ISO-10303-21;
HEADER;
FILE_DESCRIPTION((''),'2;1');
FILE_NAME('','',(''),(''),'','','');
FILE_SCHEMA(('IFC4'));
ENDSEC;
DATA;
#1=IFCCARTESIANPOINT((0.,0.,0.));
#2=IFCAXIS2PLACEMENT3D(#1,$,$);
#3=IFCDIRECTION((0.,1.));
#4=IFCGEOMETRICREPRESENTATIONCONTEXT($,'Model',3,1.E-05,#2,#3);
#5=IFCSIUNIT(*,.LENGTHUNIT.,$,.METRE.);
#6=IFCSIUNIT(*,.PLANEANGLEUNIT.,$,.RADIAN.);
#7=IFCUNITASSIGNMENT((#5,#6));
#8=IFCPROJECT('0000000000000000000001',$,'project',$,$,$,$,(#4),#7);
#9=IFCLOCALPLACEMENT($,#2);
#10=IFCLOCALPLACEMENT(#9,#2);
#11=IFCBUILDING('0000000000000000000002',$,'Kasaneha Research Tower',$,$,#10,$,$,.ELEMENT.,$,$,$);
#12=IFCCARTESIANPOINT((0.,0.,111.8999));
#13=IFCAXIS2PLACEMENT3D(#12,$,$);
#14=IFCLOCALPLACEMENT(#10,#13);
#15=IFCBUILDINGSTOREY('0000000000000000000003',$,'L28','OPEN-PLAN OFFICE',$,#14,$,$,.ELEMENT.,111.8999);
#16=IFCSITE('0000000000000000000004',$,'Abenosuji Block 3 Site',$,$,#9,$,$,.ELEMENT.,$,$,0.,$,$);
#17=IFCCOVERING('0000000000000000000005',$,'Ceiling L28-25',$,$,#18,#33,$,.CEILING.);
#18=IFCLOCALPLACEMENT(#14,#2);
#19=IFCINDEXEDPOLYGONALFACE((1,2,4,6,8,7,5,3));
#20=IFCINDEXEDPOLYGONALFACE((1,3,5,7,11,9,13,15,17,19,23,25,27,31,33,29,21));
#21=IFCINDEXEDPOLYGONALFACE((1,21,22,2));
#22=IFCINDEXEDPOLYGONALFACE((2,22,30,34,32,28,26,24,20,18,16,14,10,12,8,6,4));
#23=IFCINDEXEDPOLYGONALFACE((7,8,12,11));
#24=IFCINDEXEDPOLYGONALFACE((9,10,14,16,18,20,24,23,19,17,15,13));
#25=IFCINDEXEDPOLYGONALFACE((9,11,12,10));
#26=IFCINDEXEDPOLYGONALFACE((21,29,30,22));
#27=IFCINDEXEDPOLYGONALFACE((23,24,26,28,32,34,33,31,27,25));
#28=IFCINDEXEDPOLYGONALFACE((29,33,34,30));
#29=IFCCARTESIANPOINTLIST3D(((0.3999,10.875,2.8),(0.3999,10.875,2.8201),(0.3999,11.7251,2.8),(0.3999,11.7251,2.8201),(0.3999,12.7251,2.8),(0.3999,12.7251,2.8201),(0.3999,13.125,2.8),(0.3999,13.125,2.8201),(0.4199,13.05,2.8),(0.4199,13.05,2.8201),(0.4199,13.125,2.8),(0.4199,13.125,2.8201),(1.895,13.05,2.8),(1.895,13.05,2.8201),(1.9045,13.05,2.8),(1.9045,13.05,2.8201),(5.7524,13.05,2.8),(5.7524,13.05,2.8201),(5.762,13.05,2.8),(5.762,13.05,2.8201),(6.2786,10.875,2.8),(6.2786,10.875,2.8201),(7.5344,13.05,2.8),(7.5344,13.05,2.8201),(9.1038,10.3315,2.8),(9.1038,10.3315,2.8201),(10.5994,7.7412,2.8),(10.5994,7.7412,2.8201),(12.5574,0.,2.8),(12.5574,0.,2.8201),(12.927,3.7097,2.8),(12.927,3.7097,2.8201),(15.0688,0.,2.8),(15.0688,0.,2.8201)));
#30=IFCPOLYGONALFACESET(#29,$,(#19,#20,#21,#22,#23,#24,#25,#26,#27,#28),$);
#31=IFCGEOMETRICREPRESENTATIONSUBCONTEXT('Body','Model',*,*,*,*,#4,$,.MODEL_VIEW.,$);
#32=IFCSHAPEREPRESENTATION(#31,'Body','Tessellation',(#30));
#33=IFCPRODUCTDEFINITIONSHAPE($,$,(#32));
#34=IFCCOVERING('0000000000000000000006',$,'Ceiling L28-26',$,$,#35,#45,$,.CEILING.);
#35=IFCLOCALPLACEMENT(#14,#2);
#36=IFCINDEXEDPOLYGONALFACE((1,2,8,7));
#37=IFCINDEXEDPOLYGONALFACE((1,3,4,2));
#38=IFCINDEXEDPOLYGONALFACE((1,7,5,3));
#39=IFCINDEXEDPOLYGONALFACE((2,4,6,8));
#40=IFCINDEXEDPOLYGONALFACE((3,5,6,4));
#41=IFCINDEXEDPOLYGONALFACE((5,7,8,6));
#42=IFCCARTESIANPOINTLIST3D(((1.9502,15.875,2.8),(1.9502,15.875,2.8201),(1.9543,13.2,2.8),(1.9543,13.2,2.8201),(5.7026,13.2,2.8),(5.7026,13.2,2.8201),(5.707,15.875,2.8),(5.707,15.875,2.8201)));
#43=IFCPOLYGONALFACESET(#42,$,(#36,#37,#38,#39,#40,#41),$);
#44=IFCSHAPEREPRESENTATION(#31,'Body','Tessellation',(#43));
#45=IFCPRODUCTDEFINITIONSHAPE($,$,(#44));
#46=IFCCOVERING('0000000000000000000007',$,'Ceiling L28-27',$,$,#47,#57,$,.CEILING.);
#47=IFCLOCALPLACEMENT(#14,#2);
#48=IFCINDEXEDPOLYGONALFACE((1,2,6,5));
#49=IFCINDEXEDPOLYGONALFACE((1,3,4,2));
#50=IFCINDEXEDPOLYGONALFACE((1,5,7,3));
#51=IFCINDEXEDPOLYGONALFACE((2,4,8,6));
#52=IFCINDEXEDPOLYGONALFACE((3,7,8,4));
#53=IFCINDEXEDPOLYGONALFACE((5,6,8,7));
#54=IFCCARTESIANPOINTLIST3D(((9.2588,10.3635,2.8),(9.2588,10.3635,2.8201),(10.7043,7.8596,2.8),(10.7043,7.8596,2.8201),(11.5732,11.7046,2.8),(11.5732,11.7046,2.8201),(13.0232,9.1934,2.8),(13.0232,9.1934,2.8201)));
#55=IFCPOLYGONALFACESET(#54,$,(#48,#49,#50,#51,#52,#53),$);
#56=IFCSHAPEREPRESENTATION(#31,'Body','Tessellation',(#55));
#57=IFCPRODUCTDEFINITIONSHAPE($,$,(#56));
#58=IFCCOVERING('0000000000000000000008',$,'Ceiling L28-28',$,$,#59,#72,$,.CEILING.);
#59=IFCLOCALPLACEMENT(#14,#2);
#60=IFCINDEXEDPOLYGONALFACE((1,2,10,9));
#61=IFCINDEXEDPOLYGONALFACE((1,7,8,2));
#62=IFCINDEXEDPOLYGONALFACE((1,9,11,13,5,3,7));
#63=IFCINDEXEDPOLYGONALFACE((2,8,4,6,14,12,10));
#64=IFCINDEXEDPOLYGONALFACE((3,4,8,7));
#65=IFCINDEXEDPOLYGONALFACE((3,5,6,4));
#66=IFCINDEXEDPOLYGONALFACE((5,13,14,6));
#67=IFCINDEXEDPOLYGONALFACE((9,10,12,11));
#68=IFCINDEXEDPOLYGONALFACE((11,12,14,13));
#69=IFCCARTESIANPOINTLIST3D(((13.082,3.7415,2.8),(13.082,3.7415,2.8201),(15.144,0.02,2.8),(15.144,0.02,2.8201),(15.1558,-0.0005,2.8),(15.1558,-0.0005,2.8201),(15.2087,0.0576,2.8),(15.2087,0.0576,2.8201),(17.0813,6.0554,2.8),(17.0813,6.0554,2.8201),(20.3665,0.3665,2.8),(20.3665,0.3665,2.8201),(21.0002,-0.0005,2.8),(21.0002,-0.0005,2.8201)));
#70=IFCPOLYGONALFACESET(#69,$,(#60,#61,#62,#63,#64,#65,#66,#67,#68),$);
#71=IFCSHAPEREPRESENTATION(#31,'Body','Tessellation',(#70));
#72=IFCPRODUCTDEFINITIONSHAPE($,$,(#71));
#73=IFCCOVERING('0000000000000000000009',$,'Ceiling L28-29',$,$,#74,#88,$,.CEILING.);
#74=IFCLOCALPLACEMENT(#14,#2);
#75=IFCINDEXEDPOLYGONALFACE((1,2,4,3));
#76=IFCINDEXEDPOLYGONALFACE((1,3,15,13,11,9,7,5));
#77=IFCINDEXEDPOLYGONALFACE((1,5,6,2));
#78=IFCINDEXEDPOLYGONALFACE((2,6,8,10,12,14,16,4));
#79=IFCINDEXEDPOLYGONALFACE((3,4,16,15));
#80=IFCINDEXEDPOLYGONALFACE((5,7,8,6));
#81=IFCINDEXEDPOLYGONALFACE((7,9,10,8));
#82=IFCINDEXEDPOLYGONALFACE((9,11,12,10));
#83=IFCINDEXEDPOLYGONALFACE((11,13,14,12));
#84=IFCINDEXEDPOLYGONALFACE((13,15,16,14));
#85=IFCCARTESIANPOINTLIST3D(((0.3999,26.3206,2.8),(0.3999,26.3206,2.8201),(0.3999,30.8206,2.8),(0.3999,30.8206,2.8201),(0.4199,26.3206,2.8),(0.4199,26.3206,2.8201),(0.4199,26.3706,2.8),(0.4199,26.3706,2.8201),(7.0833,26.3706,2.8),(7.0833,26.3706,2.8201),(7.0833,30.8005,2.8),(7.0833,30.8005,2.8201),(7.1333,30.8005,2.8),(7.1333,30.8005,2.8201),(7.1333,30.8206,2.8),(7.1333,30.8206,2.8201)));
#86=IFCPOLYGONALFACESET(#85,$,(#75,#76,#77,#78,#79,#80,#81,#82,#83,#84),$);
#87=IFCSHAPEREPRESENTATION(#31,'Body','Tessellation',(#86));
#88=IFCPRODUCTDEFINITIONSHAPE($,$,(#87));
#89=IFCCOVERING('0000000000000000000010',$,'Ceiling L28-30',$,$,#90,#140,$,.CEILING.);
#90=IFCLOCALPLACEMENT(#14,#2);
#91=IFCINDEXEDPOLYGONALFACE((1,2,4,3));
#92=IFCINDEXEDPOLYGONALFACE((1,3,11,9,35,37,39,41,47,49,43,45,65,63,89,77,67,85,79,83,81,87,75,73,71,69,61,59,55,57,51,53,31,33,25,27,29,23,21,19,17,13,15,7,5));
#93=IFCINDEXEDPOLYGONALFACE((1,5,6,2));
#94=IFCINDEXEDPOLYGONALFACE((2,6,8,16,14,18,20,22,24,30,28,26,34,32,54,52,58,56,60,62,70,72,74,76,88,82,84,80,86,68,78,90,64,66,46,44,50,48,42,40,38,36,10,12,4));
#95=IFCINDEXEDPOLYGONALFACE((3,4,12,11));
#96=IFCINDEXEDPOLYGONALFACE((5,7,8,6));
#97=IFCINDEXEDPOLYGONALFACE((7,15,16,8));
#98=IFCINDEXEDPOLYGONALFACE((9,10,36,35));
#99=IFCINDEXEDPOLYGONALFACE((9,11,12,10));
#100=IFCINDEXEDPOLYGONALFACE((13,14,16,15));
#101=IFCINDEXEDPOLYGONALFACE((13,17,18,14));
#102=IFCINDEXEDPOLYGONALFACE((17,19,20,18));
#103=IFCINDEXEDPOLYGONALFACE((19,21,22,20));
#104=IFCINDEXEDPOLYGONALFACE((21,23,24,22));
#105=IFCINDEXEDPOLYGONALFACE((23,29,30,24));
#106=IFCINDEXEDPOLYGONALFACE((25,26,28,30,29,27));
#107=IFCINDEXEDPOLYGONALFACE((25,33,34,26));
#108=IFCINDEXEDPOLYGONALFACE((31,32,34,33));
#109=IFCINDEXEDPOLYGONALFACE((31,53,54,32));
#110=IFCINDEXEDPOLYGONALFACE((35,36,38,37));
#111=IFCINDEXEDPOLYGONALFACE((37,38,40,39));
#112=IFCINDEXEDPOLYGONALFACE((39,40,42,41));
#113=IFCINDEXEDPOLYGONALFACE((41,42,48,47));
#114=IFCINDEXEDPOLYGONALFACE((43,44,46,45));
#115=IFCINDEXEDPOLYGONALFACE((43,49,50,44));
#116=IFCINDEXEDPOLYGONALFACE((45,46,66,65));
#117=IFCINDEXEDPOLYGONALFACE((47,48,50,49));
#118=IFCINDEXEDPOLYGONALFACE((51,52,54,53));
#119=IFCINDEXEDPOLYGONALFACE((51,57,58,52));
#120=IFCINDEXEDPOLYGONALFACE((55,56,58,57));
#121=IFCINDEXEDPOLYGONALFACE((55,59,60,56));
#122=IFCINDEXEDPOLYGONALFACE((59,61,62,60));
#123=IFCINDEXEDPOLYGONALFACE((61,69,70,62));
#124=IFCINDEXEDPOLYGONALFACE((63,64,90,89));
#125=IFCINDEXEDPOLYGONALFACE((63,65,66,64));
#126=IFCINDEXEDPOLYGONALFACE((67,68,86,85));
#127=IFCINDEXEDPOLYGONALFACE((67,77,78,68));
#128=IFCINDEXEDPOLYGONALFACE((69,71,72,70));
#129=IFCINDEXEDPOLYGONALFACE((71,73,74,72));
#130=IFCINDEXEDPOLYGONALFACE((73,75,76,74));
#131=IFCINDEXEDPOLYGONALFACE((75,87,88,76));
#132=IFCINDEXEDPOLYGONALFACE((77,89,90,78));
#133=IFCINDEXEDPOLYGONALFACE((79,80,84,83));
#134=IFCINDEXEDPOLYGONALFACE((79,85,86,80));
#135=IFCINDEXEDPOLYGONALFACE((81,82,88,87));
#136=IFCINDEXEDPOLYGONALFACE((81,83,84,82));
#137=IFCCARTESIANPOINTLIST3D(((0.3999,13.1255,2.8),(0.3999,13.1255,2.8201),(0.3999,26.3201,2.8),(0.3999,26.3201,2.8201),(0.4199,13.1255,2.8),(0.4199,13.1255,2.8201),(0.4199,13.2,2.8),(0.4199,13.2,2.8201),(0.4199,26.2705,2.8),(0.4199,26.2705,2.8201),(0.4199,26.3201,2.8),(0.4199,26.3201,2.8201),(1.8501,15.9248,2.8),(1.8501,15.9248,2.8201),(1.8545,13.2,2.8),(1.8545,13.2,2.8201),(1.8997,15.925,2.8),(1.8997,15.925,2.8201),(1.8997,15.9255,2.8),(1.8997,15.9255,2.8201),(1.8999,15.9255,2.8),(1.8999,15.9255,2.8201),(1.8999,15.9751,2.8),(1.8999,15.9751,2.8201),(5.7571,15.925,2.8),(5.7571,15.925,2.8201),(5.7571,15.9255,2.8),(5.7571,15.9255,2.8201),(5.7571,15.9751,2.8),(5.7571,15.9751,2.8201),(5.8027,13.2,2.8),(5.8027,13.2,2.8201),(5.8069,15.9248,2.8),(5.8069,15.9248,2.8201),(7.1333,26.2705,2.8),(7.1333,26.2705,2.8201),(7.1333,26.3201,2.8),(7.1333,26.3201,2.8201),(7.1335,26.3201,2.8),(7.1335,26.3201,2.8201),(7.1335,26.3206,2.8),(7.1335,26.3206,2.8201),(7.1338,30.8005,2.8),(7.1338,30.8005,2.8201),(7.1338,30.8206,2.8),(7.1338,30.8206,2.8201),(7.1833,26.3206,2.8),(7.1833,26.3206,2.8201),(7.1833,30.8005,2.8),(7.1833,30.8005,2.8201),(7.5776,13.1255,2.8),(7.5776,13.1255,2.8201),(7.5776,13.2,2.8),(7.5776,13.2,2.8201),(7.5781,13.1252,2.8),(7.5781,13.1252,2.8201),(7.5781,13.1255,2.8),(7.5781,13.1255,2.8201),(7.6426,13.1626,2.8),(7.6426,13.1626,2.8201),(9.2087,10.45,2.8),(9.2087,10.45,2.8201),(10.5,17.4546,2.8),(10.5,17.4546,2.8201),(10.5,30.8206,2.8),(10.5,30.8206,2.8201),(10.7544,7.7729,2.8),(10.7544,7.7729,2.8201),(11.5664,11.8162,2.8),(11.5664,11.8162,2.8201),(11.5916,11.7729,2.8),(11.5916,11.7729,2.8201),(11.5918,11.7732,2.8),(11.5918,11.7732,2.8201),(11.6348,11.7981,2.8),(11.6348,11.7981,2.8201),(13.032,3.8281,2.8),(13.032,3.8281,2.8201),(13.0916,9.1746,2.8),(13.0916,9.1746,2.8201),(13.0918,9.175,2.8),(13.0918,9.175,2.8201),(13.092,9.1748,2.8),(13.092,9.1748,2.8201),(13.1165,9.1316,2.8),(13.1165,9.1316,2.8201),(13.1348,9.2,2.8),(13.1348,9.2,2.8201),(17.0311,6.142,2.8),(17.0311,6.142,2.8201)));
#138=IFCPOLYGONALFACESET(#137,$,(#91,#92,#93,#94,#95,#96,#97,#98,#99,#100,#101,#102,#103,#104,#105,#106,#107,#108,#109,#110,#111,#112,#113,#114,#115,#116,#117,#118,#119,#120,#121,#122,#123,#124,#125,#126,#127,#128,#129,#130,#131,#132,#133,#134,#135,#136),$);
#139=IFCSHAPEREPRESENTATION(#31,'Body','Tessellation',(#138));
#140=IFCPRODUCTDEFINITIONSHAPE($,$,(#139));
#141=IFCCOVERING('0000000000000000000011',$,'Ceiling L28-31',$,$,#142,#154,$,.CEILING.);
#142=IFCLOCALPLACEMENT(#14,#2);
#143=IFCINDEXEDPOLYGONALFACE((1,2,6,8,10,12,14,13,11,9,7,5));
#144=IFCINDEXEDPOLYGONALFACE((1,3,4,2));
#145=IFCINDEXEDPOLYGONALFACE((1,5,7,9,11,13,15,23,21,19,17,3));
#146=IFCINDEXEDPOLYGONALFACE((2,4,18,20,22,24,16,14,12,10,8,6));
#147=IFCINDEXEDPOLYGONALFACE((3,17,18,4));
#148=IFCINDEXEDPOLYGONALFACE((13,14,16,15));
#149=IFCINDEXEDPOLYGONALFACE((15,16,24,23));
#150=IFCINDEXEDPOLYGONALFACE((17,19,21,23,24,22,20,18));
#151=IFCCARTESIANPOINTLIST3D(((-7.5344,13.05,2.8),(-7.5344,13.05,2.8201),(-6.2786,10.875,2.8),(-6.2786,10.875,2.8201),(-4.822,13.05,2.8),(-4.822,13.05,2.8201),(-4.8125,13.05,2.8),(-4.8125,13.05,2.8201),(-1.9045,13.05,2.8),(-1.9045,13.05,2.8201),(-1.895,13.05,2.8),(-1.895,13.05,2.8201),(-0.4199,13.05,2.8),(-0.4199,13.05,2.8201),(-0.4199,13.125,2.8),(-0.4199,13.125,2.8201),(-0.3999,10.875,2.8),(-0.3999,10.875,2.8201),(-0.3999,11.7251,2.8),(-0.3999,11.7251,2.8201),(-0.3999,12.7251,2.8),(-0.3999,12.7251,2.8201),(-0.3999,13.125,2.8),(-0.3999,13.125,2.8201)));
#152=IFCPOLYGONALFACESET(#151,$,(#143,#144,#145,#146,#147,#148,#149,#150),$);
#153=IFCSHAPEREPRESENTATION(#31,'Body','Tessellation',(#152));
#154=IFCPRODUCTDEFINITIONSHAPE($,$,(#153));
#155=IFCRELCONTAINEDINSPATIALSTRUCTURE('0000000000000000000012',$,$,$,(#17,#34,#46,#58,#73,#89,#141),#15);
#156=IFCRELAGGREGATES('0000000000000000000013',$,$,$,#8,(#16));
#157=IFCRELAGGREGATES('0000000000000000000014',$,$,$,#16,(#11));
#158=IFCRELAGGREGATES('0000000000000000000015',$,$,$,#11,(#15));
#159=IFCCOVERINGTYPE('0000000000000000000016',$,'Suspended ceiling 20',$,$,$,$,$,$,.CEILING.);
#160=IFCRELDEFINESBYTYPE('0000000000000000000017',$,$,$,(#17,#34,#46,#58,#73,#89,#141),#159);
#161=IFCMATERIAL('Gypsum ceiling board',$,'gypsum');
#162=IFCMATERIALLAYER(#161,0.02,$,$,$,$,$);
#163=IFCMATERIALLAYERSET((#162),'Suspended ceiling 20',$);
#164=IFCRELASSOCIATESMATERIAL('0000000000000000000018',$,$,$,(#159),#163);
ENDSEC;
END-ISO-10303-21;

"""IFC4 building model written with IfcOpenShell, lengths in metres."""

from ifc_helpers import new_model, si_unit, direction, frame, origin, place, context, subcontext, project, spatial, polyline, outline, extrude, material, layer, layer_set, type_object, element, save


model = new_model("IFC4")

# Units and contexts
model_context = context("Model", 3, precision=1e-05, world=origin(), true_north=direction((0.0, 1.0)))
body_context = subcontext(model_context, "Body", "Model", "MODEL_VIEW")
ifc_project = project(units=[si_unit("LENGTHUNIT", "METRE"), si_unit("PLANEANGLEUNIT", "RADIAN")], contexts=[model_context])

# Site, building, storey
site_placement = place(None, origin())
site = spatial("IfcSite", under=ifc_project, at=site_placement, Name="Abenosuji Block 3 Site", CompositionType="ELEMENT", RefElevation=0.0)
building_placement = place(site_placement, origin())
building = spatial("IfcBuilding", under=site, at=building_placement, Name="Kasaneha Research Tower", CompositionType="ELEMENT")
storey_placement = place(building_placement, frame((0.0, 0.0, 111.8999)))
storey = spatial("IfcBuildingStorey", under=building, at=storey_placement, Name="L28", Description="OPEN-PLAN OFFICE", CompositionType="ELEMENT", Elevation=111.8999)

# Coverings
ifc_material_1 = material(Name="Gypsum ceiling board", Category="gypsum")
ifc_layer_1 = layer(ifc_material_1, 0.02)
ifc_layer_set_1 = layer_set([ifc_layer_1], Name="Suspended ceiling 20")
covering_type_1 = type_object("IfcCoveringType", Name="Suspended ceiling 20", PredefinedType="CEILING", material=ifc_layer_set_1)
covering_1_placement = place(storey_placement, frame((0.0, 0.0, 2.8)))
element("IfcCovering", 1, at=covering_1_placement, inside=storey, type_object=covering_type_1, Name="Ceiling L28-25", PredefinedType="CEILING", context=body_context, shape_type="SweptSolid", body=[
    extrude(outline(polyline([(6.2786, 10.875), (0.3999, 10.875), (0.3999, 11.7251), (0.3999, 12.7251), (0.3999, 13.125), (0.4199, 13.125), (0.4199, 13.05), (1.895, 13.05), (1.9045, 13.05), (5.7524, 13.05), (5.762, 13.05), (7.5344, 13.05), (9.1038, 10.3315), (9.1038, 10.3315), (10.5994, 7.7412), (10.5994, 7.7412), (12.927, 3.7097), (12.927, 3.7097), (15.0688, 0.0), (15.0688, 0.0), (12.5574, 0.0), (6.2786, 10.875)])), origin(), (0.0, 0.0, 1.0), 0.02),
])
covering_2_placement = place(storey_placement, frame((0.0, 0.0, 2.8)))
element("IfcCovering", 2, at=covering_2_placement, inside=storey, type_object=covering_type_1, Name="Ceiling L28-26", PredefinedType="CEILING", context=body_context, shape_type="SweptSolid", body=[
    extrude(outline(polyline([(1.9543, 13.2), (1.9502, 15.875), (5.707, 15.875), (5.7026, 13.2), (1.9543, 13.2)])), origin(), (0.0, 0.0, 1.0), 0.02),
])
covering_3_placement = place(storey_placement, frame((0.0, 0.0, 2.8)))
element("IfcCovering", 3, at=covering_3_placement, inside=storey, type_object=covering_type_1, Name="Ceiling L28-27", PredefinedType="CEILING", context=body_context, shape_type="SweptSolid", body=[
    extrude(outline(polyline([(11.5732, 11.7046), (13.0232, 9.1934), (10.7043, 7.8596), (9.2588, 10.3635), (11.5732, 11.7046)])), origin(), (0.0, 0.0, 1.0), 0.02),
])
covering_4_placement = place(storey_placement, frame((0.0, 0.0, 2.8)))
element("IfcCovering", 4, at=covering_4_placement, inside=storey, type_object=covering_type_1, Name="Ceiling L28-28", PredefinedType="CEILING", context=body_context, shape_type="SweptSolid", body=[
    extrude(outline(polyline([(21.0002, -0.0005), (15.1558, -0.0005), (15.144, 0.02), (15.2087, 0.0576), (13.082, 3.7415), (17.0813, 6.0554), (20.3665, 0.3665), (21.0002, -0.0005)])), origin(), (0.0, 0.0, 1.0), 0.02),
])
covering_5_placement = place(storey_placement, frame((0.0, 0.0, 2.8)))
element("IfcCovering", 5, at=covering_5_placement, inside=storey, type_object=covering_type_1, Name="Ceiling L28-29", PredefinedType="CEILING", context=body_context, shape_type="SweptSolid", body=[
    extrude(outline(polyline([(7.1333, 30.8206), (7.1333, 30.8005), (7.0833, 30.8005), (7.0833, 26.3706), (0.4199, 26.3706), (0.4199, 26.3206), (0.3999, 26.3206), (0.3999, 30.8206), (7.1333, 30.8206)])), origin(), (0.0, 0.0, 1.0), 0.02),
])
covering_6_placement = place(storey_placement, frame((0.0, 0.0, 2.8)))
element("IfcCovering", 6, at=covering_6_placement, inside=storey, type_object=covering_type_1, Name="Ceiling L28-30", PredefinedType="CEILING", context=body_context, shape_type="SweptSolid", body=[
    extrude(outline(polyline([(13.092, 9.1748), (13.0918, 9.175), (13.1348, 9.2), (11.6348, 11.7981), (11.5918, 11.7732), (11.5918, 11.7732), (11.5916, 11.7729), (11.5664, 11.8162), (9.2087, 10.45), (7.6426, 13.1626), (7.5781, 13.1252), (7.5781, 13.1255), (7.5776, 13.1255), (7.5776, 13.2), (5.8027, 13.2), (5.8069, 15.9248), (5.7571, 15.925), (5.7571, 15.9255), (5.7571, 15.9255), (5.7571, 15.9751), (1.8999, 15.9751), (1.8999, 15.9255), (1.8997, 15.9255), (1.8997, 15.925), (1.8501, 15.9248), (1.8545, 13.2), (0.4199, 13.2), (0.4199, 13.1255), (0.3999, 13.1255), (0.3999, 26.3201), (0.4199, 26.3201), (0.4199, 26.2705), (7.1333, 26.2705), (7.1333, 26.3201), (7.1335, 26.3201), (7.1335, 26.3206), (7.1833, 26.3206), (7.1833, 30.8005), (7.1338, 30.8005), (7.1338, 30.8206), (10.5, 30.8206), (10.5, 17.4546), (17.0559, 6.0991), (17.0559, 6.0991), (17.0312, 6.1421), (13.032, 3.8281), (10.7544, 7.7729), (13.1165, 9.1316), (13.0916, 9.1746), (13.092, 9.1748)])), origin(), (0.0, 0.0, 1.0), 0.02),
])
covering_7_placement = place(storey_placement, frame((0.0, 0.0, 2.8)))
element("IfcCovering", 7, at=covering_7_placement, inside=storey, type_object=covering_type_1, Name="Ceiling L28-31", PredefinedType="CEILING", context=body_context, shape_type="SweptSolid", body=[
    extrude(outline(polyline([(-0.3999, 11.7251), (-0.3999, 10.875), (-6.2786, 10.875), (-7.5344, 13.05), (-4.822, 13.05), (-4.8125, 13.05), (-1.9045, 13.05), (-1.895, 13.05), (-0.4199, 13.05), (-0.4199, 13.125), (-0.3999, 13.125), (-0.3999, 12.7251), (-0.3999, 11.7251)])), origin(), (0.0, 0.0, 1.0), 0.02),
])

save(model, "model.ifc")
